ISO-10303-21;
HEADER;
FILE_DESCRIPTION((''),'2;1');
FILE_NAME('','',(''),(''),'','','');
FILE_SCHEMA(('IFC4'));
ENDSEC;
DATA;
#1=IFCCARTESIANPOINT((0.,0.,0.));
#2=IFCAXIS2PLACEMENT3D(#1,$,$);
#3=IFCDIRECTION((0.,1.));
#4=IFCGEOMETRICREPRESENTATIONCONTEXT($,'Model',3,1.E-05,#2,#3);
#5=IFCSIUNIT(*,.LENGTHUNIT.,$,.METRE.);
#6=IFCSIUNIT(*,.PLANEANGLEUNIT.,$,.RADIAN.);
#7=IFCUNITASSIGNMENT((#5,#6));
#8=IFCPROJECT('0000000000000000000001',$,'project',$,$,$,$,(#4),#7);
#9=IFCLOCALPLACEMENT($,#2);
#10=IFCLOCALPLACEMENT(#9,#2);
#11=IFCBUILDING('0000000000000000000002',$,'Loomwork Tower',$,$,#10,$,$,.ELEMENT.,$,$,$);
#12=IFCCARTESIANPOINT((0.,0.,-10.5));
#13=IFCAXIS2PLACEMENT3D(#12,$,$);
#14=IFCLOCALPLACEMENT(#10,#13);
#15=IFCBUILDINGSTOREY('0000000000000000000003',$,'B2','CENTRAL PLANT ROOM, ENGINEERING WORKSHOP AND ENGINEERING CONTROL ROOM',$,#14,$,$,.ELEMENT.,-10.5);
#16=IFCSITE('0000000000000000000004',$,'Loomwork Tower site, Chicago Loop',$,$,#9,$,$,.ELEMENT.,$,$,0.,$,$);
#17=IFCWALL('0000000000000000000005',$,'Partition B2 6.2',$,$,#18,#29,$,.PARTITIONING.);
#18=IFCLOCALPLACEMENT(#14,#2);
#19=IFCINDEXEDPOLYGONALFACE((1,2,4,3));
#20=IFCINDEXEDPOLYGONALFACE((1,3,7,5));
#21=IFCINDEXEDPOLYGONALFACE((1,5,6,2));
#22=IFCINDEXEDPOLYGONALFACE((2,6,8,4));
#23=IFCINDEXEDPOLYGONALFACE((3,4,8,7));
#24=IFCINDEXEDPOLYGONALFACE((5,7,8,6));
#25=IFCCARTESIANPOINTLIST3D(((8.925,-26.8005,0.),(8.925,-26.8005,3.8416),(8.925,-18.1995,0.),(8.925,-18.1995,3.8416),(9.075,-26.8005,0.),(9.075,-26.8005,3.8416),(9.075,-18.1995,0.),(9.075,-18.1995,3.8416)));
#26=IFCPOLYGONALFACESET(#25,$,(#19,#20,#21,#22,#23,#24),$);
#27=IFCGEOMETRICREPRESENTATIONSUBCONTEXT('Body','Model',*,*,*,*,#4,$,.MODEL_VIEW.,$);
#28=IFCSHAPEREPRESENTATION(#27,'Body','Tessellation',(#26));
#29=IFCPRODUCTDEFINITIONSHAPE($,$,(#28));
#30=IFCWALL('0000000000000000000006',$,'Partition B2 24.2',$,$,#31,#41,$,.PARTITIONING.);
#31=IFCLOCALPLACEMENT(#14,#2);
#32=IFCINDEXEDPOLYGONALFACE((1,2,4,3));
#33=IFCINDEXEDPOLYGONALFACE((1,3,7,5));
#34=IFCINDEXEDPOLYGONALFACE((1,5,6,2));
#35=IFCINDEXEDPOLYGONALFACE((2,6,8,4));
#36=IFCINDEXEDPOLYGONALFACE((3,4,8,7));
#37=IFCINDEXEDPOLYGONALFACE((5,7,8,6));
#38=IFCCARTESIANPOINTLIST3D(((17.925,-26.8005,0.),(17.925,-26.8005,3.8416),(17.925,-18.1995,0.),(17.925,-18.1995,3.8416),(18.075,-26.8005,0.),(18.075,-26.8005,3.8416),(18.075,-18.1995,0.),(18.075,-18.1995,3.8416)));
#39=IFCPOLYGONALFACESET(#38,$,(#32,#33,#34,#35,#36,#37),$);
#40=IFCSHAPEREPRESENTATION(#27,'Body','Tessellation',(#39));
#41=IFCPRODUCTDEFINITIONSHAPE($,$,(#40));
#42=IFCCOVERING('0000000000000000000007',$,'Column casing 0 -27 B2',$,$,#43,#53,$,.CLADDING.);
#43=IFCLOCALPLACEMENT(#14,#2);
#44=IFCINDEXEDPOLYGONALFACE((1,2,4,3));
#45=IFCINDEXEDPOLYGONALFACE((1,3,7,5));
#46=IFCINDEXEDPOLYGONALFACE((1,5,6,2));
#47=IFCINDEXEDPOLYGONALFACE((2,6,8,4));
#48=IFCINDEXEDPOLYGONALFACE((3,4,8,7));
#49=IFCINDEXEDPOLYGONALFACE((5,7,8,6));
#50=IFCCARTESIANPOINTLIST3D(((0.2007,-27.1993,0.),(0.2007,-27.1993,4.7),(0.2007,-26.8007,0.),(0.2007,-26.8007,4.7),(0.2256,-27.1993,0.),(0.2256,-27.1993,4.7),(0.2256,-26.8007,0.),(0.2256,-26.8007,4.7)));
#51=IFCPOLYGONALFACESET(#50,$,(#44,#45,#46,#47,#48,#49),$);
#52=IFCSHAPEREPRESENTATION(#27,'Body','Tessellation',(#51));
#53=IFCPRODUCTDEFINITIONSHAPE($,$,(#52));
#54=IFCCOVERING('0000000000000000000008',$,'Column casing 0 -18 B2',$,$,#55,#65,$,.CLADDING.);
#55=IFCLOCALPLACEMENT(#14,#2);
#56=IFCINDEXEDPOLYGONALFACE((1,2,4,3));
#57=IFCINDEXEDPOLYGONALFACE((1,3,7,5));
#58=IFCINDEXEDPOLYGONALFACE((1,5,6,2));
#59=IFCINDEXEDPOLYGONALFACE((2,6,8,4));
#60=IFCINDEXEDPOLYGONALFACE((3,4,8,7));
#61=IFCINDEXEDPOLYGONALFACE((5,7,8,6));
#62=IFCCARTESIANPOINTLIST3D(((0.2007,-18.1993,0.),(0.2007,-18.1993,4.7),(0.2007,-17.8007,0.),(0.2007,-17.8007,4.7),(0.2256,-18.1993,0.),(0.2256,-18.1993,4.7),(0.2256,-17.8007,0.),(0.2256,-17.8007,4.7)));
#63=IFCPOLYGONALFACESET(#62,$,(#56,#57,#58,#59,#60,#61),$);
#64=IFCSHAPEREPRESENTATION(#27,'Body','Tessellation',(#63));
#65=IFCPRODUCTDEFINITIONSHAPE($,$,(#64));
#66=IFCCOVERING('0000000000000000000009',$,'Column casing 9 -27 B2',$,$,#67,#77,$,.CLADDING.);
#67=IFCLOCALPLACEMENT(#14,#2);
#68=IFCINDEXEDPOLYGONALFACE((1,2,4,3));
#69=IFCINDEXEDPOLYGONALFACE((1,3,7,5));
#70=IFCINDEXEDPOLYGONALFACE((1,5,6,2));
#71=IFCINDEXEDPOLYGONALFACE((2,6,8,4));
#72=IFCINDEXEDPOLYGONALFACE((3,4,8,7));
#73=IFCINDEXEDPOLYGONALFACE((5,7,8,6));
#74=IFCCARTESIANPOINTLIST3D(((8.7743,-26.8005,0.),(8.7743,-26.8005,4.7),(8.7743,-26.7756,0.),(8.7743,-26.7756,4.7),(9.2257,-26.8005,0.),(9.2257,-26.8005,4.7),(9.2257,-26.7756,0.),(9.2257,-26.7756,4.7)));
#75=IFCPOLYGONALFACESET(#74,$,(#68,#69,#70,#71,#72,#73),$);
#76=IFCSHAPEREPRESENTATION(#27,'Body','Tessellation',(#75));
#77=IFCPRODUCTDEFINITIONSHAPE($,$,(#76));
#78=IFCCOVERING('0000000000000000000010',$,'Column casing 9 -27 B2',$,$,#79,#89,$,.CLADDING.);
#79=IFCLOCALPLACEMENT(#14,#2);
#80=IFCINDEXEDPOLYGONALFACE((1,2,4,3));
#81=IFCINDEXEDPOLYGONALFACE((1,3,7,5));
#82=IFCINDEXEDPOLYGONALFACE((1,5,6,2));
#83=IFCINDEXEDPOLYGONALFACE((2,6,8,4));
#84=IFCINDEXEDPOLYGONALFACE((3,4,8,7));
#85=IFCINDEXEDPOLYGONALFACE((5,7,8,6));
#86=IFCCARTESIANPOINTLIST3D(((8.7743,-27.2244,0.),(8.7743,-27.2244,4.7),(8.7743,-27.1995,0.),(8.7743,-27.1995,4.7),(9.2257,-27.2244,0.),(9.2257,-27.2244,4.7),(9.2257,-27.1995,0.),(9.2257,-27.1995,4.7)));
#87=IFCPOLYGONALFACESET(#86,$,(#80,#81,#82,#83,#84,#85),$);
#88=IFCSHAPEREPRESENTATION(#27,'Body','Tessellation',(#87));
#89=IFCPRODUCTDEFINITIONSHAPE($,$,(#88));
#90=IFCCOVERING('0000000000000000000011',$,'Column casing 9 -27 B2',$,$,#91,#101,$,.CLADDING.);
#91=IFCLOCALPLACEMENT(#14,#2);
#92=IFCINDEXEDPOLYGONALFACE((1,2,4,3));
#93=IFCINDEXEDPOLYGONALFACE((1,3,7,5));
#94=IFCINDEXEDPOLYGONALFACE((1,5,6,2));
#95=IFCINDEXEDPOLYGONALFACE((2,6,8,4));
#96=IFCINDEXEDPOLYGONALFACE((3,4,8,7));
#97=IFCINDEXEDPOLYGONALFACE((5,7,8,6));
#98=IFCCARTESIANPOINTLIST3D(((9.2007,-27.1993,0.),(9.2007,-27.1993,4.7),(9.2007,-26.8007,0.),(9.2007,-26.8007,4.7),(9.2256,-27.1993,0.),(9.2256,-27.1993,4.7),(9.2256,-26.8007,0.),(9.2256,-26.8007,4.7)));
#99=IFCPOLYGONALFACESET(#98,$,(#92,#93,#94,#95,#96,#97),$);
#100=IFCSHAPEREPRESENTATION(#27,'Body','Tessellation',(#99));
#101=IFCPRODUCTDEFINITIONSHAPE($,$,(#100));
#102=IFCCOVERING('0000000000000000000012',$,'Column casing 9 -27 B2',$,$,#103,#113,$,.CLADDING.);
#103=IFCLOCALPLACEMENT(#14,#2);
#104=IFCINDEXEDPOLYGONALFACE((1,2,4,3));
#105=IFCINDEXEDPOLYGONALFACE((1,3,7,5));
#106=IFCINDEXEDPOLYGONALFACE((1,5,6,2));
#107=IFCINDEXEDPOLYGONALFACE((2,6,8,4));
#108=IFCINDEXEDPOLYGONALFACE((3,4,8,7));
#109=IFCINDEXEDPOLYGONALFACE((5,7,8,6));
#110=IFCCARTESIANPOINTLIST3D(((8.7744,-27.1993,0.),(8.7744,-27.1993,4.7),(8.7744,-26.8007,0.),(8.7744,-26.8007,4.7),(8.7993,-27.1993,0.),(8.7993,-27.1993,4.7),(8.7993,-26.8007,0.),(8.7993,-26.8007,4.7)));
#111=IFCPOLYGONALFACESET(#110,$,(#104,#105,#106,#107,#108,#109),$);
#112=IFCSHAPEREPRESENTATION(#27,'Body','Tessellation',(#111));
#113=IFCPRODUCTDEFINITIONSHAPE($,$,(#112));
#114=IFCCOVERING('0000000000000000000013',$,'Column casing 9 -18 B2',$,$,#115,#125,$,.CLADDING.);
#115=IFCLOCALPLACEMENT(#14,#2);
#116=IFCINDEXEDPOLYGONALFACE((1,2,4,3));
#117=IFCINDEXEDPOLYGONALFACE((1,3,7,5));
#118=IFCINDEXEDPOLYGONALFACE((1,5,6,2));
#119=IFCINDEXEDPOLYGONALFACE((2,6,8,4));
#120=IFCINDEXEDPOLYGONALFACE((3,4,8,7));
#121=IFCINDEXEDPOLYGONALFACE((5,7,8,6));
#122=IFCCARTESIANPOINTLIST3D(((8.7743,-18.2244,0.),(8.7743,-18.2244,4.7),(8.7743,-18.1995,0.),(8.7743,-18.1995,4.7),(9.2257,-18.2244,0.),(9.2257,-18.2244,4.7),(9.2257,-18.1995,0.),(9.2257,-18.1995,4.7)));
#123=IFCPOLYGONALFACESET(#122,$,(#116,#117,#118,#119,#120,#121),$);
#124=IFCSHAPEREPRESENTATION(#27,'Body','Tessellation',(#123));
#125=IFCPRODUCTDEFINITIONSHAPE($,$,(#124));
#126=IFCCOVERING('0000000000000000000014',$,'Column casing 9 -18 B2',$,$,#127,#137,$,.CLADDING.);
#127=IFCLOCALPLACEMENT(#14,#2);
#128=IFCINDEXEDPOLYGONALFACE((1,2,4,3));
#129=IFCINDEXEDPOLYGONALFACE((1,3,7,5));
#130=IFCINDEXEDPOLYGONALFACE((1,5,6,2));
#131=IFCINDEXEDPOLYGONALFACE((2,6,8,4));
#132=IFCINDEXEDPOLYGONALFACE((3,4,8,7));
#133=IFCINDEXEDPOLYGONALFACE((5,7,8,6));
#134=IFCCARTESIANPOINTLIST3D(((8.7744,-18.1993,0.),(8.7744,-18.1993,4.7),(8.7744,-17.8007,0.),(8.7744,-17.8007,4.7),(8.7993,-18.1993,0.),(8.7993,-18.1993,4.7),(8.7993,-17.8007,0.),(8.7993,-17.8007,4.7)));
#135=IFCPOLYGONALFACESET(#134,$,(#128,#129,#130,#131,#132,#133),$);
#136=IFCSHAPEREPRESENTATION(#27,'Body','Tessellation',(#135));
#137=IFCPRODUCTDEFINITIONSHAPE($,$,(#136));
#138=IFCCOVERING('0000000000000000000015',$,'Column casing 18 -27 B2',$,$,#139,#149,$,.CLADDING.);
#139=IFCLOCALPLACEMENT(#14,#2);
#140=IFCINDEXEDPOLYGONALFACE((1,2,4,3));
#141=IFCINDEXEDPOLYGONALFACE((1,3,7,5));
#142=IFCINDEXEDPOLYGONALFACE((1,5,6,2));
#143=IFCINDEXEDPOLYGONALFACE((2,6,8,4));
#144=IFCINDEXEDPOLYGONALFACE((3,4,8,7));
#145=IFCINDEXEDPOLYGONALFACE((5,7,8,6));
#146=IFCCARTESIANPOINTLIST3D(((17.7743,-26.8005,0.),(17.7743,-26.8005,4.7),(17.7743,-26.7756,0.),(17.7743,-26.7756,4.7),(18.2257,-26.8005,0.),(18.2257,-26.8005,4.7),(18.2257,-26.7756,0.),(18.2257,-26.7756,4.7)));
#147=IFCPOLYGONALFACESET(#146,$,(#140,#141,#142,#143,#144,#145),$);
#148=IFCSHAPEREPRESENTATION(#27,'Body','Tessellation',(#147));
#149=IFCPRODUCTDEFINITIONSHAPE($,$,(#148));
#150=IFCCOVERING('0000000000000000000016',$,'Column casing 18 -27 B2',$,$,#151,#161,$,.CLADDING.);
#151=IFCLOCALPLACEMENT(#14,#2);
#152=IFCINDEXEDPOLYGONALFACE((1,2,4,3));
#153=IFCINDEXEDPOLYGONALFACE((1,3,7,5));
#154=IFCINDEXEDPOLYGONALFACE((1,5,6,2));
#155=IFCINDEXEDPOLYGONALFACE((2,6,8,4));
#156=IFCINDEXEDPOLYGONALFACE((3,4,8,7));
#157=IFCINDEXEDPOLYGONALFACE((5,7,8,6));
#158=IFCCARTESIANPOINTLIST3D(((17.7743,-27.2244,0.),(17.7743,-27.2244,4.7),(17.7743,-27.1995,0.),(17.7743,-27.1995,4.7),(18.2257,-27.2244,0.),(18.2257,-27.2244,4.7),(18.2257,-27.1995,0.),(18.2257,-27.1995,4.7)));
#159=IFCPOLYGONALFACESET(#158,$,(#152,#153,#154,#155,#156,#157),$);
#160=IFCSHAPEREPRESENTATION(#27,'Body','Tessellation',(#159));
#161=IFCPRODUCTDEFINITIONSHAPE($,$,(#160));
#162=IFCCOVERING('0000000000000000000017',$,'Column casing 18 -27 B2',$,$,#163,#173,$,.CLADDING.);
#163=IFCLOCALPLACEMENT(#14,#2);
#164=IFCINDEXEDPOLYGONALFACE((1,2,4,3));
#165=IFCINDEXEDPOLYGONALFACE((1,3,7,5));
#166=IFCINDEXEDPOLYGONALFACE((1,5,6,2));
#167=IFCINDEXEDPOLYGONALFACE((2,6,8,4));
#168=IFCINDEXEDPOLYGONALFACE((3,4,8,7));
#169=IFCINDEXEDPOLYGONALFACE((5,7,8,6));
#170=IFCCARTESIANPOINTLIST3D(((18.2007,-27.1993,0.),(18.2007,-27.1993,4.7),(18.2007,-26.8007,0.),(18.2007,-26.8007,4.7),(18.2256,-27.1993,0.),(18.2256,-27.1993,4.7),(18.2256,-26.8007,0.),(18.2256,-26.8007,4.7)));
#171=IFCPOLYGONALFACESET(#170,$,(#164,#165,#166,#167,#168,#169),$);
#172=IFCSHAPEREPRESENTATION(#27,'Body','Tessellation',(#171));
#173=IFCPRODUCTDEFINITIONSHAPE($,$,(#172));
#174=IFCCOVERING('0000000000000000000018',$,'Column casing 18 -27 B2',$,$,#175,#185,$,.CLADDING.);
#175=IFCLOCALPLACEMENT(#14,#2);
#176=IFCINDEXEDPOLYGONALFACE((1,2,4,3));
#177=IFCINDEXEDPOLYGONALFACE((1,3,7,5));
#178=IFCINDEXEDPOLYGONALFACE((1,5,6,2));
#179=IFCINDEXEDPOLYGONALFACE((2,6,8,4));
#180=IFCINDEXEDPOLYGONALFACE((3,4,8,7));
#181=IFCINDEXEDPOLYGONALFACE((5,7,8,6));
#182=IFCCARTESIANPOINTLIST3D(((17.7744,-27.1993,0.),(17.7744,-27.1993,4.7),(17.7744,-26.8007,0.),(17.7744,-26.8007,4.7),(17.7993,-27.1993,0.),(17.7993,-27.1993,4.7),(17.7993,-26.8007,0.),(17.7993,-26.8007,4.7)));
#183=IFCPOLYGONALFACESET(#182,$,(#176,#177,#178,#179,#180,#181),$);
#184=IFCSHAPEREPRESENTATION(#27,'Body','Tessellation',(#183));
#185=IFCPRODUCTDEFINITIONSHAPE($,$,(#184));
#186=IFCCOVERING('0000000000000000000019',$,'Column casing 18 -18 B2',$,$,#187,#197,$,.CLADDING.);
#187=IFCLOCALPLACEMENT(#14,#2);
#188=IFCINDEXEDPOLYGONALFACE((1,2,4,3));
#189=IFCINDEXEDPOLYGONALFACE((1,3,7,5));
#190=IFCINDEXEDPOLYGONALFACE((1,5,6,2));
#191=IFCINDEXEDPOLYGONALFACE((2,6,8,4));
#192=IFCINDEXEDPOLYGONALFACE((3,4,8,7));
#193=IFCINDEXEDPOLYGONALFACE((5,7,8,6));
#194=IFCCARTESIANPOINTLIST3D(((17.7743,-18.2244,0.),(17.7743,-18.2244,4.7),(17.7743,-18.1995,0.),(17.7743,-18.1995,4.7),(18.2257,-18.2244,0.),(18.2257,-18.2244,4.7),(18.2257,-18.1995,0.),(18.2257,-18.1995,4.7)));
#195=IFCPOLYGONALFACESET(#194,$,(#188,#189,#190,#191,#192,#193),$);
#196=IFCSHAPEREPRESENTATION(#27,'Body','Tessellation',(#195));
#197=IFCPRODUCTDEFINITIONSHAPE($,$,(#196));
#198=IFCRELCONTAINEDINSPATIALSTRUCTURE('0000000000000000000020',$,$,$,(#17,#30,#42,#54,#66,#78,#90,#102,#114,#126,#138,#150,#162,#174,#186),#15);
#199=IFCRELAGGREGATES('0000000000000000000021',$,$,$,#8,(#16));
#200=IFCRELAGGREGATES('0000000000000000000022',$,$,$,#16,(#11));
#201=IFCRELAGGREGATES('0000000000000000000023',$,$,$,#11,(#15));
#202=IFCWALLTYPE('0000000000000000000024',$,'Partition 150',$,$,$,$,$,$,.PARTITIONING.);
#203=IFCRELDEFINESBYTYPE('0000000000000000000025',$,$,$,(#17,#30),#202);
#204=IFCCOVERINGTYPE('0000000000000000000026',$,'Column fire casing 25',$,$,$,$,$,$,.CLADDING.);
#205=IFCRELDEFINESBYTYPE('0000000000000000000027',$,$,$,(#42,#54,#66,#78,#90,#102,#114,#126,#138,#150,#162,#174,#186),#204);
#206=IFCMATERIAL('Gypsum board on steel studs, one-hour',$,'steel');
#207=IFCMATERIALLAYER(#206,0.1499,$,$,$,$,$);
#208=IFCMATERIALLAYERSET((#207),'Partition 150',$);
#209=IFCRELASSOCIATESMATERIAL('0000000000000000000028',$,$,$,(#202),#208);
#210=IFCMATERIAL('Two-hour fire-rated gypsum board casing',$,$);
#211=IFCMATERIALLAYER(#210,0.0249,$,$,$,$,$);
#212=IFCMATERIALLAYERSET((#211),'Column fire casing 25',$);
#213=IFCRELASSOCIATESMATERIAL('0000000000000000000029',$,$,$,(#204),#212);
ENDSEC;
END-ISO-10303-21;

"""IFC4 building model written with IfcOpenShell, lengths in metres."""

from ifc_helpers import new_model, si_unit, direction, frame, frame_2d, origin, origin_2d, place, context, subcontext, project, spatial, rectangle, extrude, material, layer, layer_set, type_object, element, save


model = new_model("IFC4")

# Units and contexts
model_context = context("Model", 3, precision=1e-05, world=origin(), true_north=direction((0.0, 1.0)))
body_context = subcontext(model_context, "Body", "Model", "MODEL_VIEW")
ifc_project = project(units=[si_unit("LENGTHUNIT", "METRE"), si_unit("PLANEANGLEUNIT", "RADIAN")], contexts=[model_context])

# Site, building, storey
site_placement = place(None, origin())
site = spatial("IfcSite", under=ifc_project, at=site_placement, Name="Loomwork Tower site, Chicago Loop", CompositionType="ELEMENT", RefElevation=0.0)
building_placement = place(site_placement, origin())
building = spatial("IfcBuilding", under=site, at=building_placement, Name="Loomwork Tower", CompositionType="ELEMENT")
storey_placement = place(building_placement, frame((0.0, 0.0, -10.5)))
storey = spatial("IfcBuildingStorey", under=building, at=storey_placement, Name="B2", Description="CENTRAL PLANT ROOM, ENGINEERING WORKSHOP AND ENGINEERING CONTROL ROOM", CompositionType="ELEMENT", Elevation=-10.5)

# Walls
ifc_material_1 = material(Name="Gypsum board on steel studs, one-hour", Category="steel")
ifc_layer_1 = layer(ifc_material_1, 0.1499)
ifc_layer_set_1 = layer_set([ifc_layer_1], Name="Partition 150")
wall_type = type_object("IfcWallType", Name="Partition 150", PredefinedType="PARTITIONING", material=ifc_layer_set_1)
for number, where, z_axis, x_axis, name in (
    (1, (9.0, -18.1995, 0.0), (0.0, 0.0, 1.0), (0.0, -1.0, 0.0), "Partition B2 6.2"),
    (2, (18.0, -18.1995, 0.0), (0.0, 0.0, 1.0), (0.0, -1.0, 0.0), "Partition B2 24.2"),
):
    element("IfcWall", number, at=place(storey_placement, frame(where, z_axis=z_axis, x_axis=x_axis)), inside=storey, type_object=wall_type, Name=name, PredefinedType="PARTITIONING", context=body_context, shape_type="SweptSolid", body=[
        extrude(rectangle(XDim=8.6011, YDim=0.1499, at=frame_2d((4.3005, 0.0))), origin(), (0.0, 0.0, 1.0), 3.8416),
    ])

# Coverings
ifc_material_2 = material(Name="Two-hour fire-rated gypsum board casing")
ifc_layer_2 = layer(ifc_material_2, 0.0249)
ifc_layer_set_2 = layer_set([ifc_layer_2], Name="Column fire casing 25")
covering_type = type_object("IfcCoveringType", Name="Column fire casing 25", PredefinedType="CLADDING", material=ifc_layer_set_2)
for number, where, z_axis, x_axis, name in (
    (3, (0.2131, -27.0, 0.0), (0.0, 0.0, 1.0), (1.0, 0.0, 0.0), "Column casing 0 -27 B2"),
    (4, (0.2131, -18.0, 0.0), (0.0, 0.0, 1.0), (1.0, 0.0, 0.0), "Column casing 0 -18 B2"),
):
    element("IfcCovering", number, at=place(storey_placement, frame(where, z_axis=z_axis, x_axis=x_axis)), inside=storey, type_object=covering_type, Name=name, PredefinedType="CLADDING", context=body_context, shape_type="SweptSolid", body=[
        extrude(rectangle(XDim=0.0249, YDim=0.3987, at=origin_2d()), origin(), (0.0, 0.0, 1.0), 4.7),
    ])
for number, where, z_axis, x_axis, name in (
    (5, (9.0, -26.7881, 0.0), (0.0, 0.0, 1.0), (1.0, 0.0, 0.0), "Column casing 9 -27 B2"),
    (6, (9.0, -27.2119, 0.0), (0.0, 0.0, 1.0), (1.0, 0.0, 0.0), "Column casing 9 -27 B2"),
):
    element("IfcCovering", number, at=place(storey_placement, frame(where, z_axis=z_axis, x_axis=x_axis)), inside=storey, type_object=covering_type, Name=name, PredefinedType="CLADDING", context=body_context, shape_type="SweptSolid", body=[
        extrude(rectangle(XDim=0.4514, YDim=0.0249, at=origin_2d()), origin(), (0.0, 0.0, 1.0), 4.7),
    ])
for number, where, z_axis, x_axis, name in (
    (7, (9.2131, -27.0, 0.0), (0.0, 0.0, 1.0), (1.0, 0.0, 0.0), "Column casing 9 -27 B2"),
    (8, (8.7869, -27.0, 0.0), (0.0, 0.0, 1.0), (1.0, 0.0, 0.0), "Column casing 9 -27 B2"),
):
    element("IfcCovering", number, at=place(storey_placement, frame(where, z_axis=z_axis, x_axis=x_axis)), inside=storey, type_object=covering_type, Name=name, PredefinedType="CLADDING", context=body_context, shape_type="SweptSolid", body=[
        extrude(rectangle(XDim=0.0249, YDim=0.3987, at=origin_2d()), origin(), (0.0, 0.0, 1.0), 4.7),
    ])
covering_1_placement = place(storey_placement, frame((9.0, -18.2119, 0.0), z_axis=(0.0, 0.0, 1.0), x_axis=(1.0, 0.0, 0.0)))
element("IfcCovering", 9, at=covering_1_placement, inside=storey, type_object=covering_type, Name="Column casing 9 -18 B2", PredefinedType="CLADDING", context=body_context, shape_type="SweptSolid", body=[
    extrude(rectangle(XDim=0.4514, YDim=0.0249, at=origin_2d()), origin(), (0.0, 0.0, 1.0), 4.7),
])
covering_2_placement = place(storey_placement, frame((8.7869, -18.0, 0.0), z_axis=(0.0, 0.0, 1.0), x_axis=(1.0, 0.0, 0.0)))
element("IfcCovering", 10, at=covering_2_placement, inside=storey, type_object=covering_type, Name="Column casing 9 -18 B2", PredefinedType="CLADDING", context=body_context, shape_type="SweptSolid", body=[
    extrude(rectangle(XDim=0.0249, YDim=0.3987, at=origin_2d()), origin(), (0.0, 0.0, 1.0), 4.7),
])
for number, where, z_axis, x_axis, name in (
    (11, (18.0, -26.7881, 0.0), (0.0, 0.0, 1.0), (1.0, 0.0, 0.0), "Column casing 18 -27 B2"),
    (12, (18.0, -27.2119, 0.0), (0.0, 0.0, 1.0), (1.0, 0.0, 0.0), "Column casing 18 -27 B2"),
):
    element("IfcCovering", number, at=place(storey_placement, frame(where, z_axis=z_axis, x_axis=x_axis)), inside=storey, type_object=covering_type, Name=name, PredefinedType="CLADDING", context=body_context, shape_type="SweptSolid", body=[
        extrude(rectangle(XDim=0.4514, YDim=0.0249, at=origin_2d()), origin(), (0.0, 0.0, 1.0), 4.7),
    ])
for number, where, z_axis, x_axis, name in (
    (13, (18.2131, -27.0, 0.0), (0.0, 0.0, 1.0), (1.0, 0.0, 0.0), "Column casing 18 -27 B2"),
    (14, (17.7869, -27.0, 0.0), (0.0, 0.0, 1.0), (1.0, 0.0, 0.0), "Column casing 18 -27 B2"),
):
    element("IfcCovering", number, at=place(storey_placement, frame(where, z_axis=z_axis, x_axis=x_axis)), inside=storey, type_object=covering_type, Name=name, PredefinedType="CLADDING", context=body_context, shape_type="SweptSolid", body=[
        extrude(rectangle(XDim=0.0249, YDim=0.3987, at=origin_2d()), origin(), (0.0, 0.0, 1.0), 4.7),
    ])
covering_3_placement = place(storey_placement, frame((18.0, -18.2119, 0.0), z_axis=(0.0, 0.0, 1.0), x_axis=(1.0, 0.0, 0.0)))
element("IfcCovering", 15, at=covering_3_placement, inside=storey, type_object=covering_type, Name="Column casing 18 -18 B2", PredefinedType="CLADDING", context=body_context, shape_type="SweptSolid", body=[
    extrude(rectangle(XDim=0.4514, YDim=0.0249, at=origin_2d()), origin(), (0.0, 0.0, 1.0), 4.7),
])

save(model, "model.ifc")
